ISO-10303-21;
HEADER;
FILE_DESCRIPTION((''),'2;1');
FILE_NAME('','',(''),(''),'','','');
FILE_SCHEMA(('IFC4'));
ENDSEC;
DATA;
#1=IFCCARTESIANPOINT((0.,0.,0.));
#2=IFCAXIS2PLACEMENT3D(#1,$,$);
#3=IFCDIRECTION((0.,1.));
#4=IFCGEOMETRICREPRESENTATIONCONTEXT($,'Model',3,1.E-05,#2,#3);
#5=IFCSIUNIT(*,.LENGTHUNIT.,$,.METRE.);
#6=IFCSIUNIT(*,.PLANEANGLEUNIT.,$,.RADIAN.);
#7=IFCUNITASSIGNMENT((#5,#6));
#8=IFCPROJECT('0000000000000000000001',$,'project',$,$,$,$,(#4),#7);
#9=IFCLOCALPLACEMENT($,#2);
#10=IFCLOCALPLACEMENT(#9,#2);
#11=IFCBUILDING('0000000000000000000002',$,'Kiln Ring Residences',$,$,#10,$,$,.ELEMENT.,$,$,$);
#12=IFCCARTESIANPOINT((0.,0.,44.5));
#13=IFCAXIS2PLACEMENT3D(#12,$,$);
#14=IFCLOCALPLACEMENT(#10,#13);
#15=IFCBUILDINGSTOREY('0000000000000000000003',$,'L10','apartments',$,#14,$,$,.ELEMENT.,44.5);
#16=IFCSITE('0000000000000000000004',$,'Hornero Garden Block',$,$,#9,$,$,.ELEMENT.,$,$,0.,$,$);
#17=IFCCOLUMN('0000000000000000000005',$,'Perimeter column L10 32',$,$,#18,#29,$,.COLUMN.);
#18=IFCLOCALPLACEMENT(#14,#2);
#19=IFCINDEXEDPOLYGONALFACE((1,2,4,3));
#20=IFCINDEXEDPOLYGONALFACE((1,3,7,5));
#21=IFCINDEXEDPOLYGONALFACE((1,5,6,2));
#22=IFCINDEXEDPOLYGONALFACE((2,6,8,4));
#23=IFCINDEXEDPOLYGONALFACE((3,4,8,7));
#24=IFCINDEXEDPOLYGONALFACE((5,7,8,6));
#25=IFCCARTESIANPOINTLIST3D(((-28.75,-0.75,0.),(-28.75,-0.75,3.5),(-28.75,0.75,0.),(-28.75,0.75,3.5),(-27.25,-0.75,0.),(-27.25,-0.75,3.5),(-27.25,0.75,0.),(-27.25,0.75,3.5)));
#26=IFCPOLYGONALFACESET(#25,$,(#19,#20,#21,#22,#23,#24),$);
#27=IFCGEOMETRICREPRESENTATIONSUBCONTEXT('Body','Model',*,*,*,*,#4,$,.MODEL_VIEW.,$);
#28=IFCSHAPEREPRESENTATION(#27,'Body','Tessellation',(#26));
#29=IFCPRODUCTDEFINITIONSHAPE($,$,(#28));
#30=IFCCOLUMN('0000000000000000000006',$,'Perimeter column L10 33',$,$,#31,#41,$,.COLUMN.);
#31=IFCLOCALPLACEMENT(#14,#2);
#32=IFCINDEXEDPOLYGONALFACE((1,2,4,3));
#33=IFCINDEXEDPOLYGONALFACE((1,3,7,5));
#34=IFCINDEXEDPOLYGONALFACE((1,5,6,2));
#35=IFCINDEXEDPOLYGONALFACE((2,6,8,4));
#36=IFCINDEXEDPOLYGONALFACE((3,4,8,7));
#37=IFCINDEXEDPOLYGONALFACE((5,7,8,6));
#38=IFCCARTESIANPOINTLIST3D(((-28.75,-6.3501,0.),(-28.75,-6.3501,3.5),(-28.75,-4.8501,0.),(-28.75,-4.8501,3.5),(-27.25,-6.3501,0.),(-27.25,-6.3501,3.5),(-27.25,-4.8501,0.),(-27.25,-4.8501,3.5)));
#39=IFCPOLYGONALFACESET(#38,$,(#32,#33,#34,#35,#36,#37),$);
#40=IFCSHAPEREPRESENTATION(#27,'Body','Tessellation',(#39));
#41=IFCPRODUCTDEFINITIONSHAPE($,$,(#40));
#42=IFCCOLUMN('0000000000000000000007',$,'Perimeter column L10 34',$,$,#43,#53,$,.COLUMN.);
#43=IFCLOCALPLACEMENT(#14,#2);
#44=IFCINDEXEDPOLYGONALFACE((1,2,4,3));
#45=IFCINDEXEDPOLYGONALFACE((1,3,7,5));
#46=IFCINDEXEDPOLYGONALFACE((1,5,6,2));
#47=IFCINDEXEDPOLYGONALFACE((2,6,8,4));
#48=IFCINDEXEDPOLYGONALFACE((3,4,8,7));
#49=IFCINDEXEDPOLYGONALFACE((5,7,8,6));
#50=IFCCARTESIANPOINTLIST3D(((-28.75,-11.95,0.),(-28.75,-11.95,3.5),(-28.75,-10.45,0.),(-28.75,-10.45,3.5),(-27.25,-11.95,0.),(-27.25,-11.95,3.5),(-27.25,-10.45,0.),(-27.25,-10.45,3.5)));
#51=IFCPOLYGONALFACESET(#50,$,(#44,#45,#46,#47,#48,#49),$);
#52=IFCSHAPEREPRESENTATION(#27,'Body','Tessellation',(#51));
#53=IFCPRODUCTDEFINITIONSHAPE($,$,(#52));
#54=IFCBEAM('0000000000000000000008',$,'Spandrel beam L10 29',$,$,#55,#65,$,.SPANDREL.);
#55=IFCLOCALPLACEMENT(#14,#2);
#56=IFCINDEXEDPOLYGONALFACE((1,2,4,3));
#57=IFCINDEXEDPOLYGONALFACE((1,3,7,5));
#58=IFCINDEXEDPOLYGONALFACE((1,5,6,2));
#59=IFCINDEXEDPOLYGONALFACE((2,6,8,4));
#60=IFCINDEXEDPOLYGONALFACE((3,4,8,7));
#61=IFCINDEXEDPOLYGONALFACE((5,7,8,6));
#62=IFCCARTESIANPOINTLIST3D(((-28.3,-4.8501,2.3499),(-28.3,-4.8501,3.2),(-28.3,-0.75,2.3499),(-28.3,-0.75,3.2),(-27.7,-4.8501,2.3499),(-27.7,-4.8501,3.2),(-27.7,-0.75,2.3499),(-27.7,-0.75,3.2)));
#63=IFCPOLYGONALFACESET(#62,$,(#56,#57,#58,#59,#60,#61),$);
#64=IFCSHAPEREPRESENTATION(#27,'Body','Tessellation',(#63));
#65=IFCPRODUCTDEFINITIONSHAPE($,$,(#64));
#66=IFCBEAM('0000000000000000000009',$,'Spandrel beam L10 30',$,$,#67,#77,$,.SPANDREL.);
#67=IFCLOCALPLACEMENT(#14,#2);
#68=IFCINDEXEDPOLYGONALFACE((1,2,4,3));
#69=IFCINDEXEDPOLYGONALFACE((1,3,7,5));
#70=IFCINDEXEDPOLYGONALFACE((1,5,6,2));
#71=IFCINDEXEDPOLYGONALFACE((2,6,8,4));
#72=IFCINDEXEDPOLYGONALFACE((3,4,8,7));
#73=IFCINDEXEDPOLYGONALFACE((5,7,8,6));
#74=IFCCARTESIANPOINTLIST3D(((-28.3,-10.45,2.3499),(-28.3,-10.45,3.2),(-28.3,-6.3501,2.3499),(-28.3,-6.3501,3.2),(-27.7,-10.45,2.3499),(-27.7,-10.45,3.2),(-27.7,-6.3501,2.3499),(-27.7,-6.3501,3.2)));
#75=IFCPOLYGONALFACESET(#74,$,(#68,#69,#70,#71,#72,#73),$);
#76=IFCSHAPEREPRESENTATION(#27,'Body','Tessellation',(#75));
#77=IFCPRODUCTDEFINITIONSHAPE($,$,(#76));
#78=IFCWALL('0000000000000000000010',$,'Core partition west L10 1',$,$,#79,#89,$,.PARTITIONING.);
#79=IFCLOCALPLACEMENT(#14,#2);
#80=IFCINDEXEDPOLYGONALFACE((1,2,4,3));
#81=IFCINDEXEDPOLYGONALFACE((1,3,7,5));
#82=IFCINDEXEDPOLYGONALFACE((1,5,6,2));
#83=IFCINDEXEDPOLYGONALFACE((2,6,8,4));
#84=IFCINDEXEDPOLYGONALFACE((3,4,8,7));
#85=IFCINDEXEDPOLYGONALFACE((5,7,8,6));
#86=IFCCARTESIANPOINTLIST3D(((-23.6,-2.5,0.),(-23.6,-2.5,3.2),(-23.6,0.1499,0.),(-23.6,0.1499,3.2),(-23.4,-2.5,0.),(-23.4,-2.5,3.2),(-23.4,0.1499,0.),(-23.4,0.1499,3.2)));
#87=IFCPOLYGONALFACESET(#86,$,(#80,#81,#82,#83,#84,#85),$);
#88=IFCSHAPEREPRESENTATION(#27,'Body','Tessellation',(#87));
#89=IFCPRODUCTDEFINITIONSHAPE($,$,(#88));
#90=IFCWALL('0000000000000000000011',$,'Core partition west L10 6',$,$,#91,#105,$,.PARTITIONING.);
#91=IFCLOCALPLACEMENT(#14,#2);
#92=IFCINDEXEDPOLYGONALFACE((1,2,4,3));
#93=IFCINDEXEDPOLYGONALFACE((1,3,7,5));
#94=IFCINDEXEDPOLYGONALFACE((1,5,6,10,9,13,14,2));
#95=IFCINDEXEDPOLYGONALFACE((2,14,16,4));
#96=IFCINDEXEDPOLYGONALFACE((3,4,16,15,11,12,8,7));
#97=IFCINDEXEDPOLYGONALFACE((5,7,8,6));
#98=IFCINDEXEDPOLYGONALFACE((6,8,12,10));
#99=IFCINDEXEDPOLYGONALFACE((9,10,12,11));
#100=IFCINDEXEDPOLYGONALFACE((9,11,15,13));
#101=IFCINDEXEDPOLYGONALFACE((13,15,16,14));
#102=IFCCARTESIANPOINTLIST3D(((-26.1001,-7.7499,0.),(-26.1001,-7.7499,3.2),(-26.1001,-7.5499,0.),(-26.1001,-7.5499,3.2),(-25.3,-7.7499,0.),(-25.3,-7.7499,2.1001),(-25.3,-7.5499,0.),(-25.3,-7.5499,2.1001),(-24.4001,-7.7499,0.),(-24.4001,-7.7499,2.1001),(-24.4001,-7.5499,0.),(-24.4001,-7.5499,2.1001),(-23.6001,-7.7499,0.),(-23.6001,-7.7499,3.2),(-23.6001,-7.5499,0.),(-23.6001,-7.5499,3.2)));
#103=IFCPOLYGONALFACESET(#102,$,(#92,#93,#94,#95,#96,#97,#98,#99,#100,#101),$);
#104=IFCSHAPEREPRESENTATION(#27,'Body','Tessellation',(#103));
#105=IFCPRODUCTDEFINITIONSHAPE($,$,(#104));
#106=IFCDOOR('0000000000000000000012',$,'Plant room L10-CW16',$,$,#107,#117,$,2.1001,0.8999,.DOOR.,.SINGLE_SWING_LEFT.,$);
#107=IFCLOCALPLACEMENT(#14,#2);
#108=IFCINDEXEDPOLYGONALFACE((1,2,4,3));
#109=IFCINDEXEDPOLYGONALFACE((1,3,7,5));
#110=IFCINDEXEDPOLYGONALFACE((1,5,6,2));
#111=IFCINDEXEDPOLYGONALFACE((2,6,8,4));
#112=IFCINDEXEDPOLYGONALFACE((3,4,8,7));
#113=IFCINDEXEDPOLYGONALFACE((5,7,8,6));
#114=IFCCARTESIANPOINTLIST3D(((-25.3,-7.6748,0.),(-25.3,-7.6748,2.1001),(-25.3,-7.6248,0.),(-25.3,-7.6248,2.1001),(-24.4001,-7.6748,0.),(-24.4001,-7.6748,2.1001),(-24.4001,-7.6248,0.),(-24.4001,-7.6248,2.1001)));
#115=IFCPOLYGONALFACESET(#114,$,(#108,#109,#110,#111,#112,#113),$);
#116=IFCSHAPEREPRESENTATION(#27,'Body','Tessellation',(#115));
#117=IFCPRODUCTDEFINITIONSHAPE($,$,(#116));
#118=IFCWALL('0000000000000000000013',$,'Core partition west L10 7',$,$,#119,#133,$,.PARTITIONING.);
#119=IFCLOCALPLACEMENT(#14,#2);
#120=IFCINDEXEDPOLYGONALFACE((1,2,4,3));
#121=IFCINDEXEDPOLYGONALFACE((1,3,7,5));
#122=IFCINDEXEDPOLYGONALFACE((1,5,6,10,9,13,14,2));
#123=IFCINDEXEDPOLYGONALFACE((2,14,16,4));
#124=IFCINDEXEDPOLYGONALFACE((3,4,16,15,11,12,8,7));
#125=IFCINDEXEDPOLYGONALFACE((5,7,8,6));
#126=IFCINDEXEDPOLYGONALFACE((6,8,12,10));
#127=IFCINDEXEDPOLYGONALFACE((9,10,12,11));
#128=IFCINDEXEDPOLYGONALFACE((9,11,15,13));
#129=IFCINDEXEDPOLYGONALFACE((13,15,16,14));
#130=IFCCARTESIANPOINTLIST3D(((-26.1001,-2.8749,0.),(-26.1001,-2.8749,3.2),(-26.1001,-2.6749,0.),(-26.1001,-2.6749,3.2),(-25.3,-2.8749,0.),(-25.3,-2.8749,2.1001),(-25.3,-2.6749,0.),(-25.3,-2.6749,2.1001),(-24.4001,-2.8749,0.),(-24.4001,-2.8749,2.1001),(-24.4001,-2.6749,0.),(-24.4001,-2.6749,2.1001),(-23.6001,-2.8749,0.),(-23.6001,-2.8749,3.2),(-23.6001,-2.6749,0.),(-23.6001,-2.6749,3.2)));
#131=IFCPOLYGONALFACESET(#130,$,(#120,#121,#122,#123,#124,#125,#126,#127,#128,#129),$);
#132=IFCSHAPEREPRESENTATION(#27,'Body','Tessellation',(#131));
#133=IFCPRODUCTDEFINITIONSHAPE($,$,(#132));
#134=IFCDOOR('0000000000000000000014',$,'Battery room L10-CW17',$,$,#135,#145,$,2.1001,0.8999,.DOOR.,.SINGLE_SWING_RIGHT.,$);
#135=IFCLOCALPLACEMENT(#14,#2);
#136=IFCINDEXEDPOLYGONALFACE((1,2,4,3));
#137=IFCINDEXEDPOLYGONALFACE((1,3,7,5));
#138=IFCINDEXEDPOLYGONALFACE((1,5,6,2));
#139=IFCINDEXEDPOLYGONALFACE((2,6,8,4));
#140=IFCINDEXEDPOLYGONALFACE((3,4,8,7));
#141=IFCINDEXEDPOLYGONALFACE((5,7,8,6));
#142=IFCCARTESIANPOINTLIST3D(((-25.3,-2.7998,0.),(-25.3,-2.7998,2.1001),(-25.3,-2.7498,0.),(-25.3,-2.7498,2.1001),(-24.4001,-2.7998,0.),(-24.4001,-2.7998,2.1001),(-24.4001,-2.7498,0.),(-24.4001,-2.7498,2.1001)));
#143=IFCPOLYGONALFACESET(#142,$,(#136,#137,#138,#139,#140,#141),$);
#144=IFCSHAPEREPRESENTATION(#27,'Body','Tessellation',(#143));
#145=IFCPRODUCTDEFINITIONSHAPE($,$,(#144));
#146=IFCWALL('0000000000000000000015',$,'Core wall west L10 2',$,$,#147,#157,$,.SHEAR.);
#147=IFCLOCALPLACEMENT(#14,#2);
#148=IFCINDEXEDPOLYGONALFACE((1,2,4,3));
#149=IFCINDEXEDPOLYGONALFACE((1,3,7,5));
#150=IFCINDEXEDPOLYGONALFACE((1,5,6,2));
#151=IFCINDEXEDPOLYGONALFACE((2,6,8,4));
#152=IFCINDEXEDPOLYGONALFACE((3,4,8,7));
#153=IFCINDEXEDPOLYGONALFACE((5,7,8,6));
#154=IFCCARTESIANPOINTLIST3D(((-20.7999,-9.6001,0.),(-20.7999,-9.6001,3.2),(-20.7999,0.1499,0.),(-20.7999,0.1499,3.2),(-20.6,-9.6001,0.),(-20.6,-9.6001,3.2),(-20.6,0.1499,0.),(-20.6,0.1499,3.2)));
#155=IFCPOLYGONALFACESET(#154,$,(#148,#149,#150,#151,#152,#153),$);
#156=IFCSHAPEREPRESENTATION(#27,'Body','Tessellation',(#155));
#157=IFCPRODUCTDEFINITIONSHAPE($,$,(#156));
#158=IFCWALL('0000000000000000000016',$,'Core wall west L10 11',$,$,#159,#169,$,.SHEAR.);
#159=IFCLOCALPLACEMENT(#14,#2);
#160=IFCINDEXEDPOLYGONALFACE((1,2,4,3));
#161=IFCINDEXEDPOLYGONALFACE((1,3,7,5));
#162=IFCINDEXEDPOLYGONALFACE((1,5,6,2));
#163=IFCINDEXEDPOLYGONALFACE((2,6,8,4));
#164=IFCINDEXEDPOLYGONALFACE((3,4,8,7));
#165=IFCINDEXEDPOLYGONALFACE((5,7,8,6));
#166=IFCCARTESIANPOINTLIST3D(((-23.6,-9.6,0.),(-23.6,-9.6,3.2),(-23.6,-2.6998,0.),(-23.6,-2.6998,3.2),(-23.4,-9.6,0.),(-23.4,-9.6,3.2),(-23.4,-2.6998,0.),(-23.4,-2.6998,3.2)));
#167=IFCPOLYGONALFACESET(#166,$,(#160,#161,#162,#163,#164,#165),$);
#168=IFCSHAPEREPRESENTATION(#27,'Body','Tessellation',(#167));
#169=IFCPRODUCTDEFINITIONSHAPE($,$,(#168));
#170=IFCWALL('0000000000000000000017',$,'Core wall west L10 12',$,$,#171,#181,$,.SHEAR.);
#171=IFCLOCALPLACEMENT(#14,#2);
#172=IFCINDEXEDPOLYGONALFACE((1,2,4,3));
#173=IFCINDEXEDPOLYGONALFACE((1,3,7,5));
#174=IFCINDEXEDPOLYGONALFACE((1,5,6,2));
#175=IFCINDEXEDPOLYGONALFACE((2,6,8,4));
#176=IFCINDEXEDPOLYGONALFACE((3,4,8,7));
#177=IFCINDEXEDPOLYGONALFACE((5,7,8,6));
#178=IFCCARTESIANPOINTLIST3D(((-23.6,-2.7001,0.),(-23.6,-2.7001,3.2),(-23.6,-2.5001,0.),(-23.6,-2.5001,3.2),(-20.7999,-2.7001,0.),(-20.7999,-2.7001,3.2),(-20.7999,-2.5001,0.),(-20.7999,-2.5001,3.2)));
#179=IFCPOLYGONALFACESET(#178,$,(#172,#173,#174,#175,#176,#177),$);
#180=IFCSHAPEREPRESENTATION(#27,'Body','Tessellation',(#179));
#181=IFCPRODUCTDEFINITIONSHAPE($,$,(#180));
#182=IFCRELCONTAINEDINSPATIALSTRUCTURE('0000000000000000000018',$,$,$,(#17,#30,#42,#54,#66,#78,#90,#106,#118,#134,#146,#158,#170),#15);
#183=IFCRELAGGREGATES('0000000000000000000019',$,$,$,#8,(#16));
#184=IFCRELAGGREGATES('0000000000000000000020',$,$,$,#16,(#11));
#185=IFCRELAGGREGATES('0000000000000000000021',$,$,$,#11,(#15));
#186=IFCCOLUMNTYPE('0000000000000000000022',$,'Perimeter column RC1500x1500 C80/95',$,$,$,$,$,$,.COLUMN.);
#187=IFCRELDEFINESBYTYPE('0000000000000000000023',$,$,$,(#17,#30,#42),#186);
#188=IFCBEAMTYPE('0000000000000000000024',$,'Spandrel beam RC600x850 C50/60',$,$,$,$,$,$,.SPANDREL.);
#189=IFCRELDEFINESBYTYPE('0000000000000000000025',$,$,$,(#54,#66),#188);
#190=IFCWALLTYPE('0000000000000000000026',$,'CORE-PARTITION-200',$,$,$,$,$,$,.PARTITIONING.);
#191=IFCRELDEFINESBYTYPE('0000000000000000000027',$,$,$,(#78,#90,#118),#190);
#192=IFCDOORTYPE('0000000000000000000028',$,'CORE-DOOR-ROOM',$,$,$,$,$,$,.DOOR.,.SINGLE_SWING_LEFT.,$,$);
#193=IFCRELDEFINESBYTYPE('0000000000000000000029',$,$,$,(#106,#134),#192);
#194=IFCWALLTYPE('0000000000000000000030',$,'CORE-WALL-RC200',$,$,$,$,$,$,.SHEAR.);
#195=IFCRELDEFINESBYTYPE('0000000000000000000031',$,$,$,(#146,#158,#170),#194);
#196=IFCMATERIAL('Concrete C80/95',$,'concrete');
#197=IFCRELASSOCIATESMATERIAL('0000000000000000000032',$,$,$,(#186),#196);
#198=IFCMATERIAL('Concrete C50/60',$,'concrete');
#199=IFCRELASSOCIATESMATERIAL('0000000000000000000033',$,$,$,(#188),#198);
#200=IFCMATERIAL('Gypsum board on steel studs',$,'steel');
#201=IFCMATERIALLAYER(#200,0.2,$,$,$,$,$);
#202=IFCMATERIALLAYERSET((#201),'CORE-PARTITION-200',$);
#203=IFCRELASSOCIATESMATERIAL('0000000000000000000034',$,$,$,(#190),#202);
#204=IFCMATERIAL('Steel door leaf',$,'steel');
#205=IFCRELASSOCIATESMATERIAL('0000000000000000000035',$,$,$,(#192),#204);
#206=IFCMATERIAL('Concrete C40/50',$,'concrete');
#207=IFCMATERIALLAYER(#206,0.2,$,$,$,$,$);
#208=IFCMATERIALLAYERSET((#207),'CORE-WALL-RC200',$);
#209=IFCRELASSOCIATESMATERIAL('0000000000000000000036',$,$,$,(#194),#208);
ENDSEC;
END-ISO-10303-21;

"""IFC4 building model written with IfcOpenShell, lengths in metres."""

from ifc_helpers import new_model, si_unit, direction, frame, frame_2d, origin, origin_2d, place, context, subcontext, project, spatial, rectangle, extrude, material, layer, layer_set, material_profile, profile_set, type_object, element, fill, save


model = new_model("IFC4")

# Units and contexts
model_context = context("Model", 3, precision=1e-05, world=origin(), true_north=direction((0.0, 1.0)))
body_context = subcontext(model_context, "Body", "Model", "MODEL_VIEW")
ifc_project = project(units=[si_unit("LENGTHUNIT", "METRE"), si_unit("PLANEANGLEUNIT", "RADIAN")], contexts=[model_context])

# Site, building, storey
site_placement = place(None, origin())
site = spatial("IfcSite", under=ifc_project, at=site_placement, Name="Hornero Garden Block", CompositionType="ELEMENT", RefElevation=0.0)
building_placement = place(site_placement, origin())
building = spatial("IfcBuilding", under=site, at=building_placement, Name="Kiln Ring Residences", CompositionType="ELEMENT")
storey_placement = place(building_placement, frame((0.0, 0.0, 44.5)))
storey = spatial("IfcBuildingStorey", under=building, at=storey_placement, Name="L10", Description="apartments", CompositionType="ELEMENT", Elevation=44.5)

# Columns
ifc_material_1 = material(Name="Concrete C80/95", Category="concrete")
ifc_material_profile_1 = material_profile(ifc_material_1, rectangle(XDim=1.5, YDim=1.5, at=origin_2d()), Name="RC1500x1500")
ifc_profile_set_1 = profile_set([ifc_material_profile_1], Name="Concrete C80/95")
column_type = type_object("IfcColumnType", Name="Perimeter column RC1500x1500 C80/95", PredefinedType="COLUMN", material=ifc_profile_set_1)
for number, where, z_axis, x_axis, name in (
    (1, (-28.0, 0.0, 0.0), (0.0, 0.0, 1.0), (1.0, 0.0, 0.0), "Perimeter column L10 32"),
    (2, (-28.0, -5.6001, 0.0), (0.0, 0.0, 1.0), (1.0, 0.0, 0.0), "Perimeter column L10 33"),
    (3, (-28.0, -11.2, 0.0), (0.0, 0.0, 1.0), (1.0, 0.0, 0.0), "Perimeter column L10 34"),
):
    element("IfcColumn", number, at=place(storey_placement, frame(where, z_axis=z_axis, x_axis=x_axis)), inside=storey, type_object=column_type, Name=name, PredefinedType="COLUMN", context=body_context, shape_type="SweptSolid", body=[
        extrude(rectangle(XDim=1.5, YDim=1.5, at=origin_2d()), origin(), (0.0, 0.0, 1.0), 3.5),
    ])

# Beams
ifc_material_2 = material(Name="Concrete C50/60", Category="concrete")
ifc_material_profile_2 = material_profile(ifc_material_2, rectangle(XDim=0.6001, YDim=0.8501, at=origin_2d()), Name="RC600x850")
ifc_profile_set_2 = profile_set([ifc_material_profile_2], Name="Concrete C50/60")
beam_type = type_object("IfcBeamType", Name="Spandrel beam RC600x850 C50/60", PredefinedType="SPANDREL", material=ifc_profile_set_2)
beam_1_placement = place(storey_placement, frame((-28.0, -0.75, 2.7749), z_axis=(0.0, -1.0, 0.0), x_axis=(1.0, 0.0, 0.0)))
element("IfcBeam", 4, at=beam_1_placement, inside=storey, type_object=beam_type, Name="Spandrel beam L10 29", PredefinedType="SPANDREL", context=body_context, shape_type="SweptSolid", body=[
    extrude(rectangle(XDim=0.6001, YDim=0.8501, at=origin_2d()), origin(), (0.0, 0.0, 1.0), 4.1001),
])
beam_2_placement = place(storey_placement, frame((-28.0, -6.3501, 2.7749), z_axis=(0.0, -1.0, 0.0), x_axis=(1.0, 0.0, 0.0)))
element("IfcBeam", 5, at=beam_2_placement, inside=storey, type_object=beam_type, Name="Spandrel beam L10 30", PredefinedType="SPANDREL", context=body_context, shape_type="SweptSolid", body=[
    extrude(rectangle(XDim=0.6001, YDim=0.8501, at=origin_2d()), origin(), (0.0, 0.0, 1.0), 4.0999),
])

# Wall
ifc_material_3 = material(Name="Gypsum board on steel studs", Category="steel")
ifc_layer_1 = layer(ifc_material_3, 0.2)
ifc_layer_set_1 = layer_set([ifc_layer_1], Name="CORE-PARTITION-200")
wall_type_1 = type_object("IfcWallType", Name="CORE-PARTITION-200", PredefinedType="PARTITIONING", material=ifc_layer_set_1)
wall_1_placement = place(storey_placement, frame((-23.5, -2.5, 0.0), z_axis=(0.0, 0.0, 1.0), x_axis=(0.0, 1.0, 0.0)))
element("IfcWall", 6, at=wall_1_placement, inside=storey, type_object=wall_type_1, Name="Core partition west L10 1", PredefinedType="PARTITIONING", context=body_context, shape_type="SweptSolid", body=[
    extrude(rectangle(XDim=2.6499, YDim=0.2, at=frame_2d((1.325, 0.0))), origin(), (0.0, 0.0, 1.0), 3.2),
])

# Walls, openings, doors
wall_2_placement = place(storey_placement, frame((-23.6001, -7.6499, 0.0), z_axis=(0.0, 0.0, 1.0), x_axis=(-1.0, 0.0, 0.0)))
wall_2 = element("IfcWall", 7, at=wall_2_placement, inside=storey, type_object=wall_type_1, Name="Core partition west L10 6", PredefinedType="PARTITIONING", context=body_context, shape_type="SweptSolid", body=[
    extrude(rectangle(XDim=2.5, YDim=0.2, at=frame_2d((1.25, 0.0))), origin(), (0.0, 0.0, 1.0), 3.2),
])
opening_1_placement = place(wall_2_placement, frame((0.8, 0.0, 0.0)))
opening_1 = element("IfcOpeningElement", 8, at=opening_1_placement, cuts=wall_2, PredefinedType="OPENING", context=body_context, shape_type="SweptSolid", body=[
    extrude(rectangle(XDim=0.8999, YDim=2.1001, at=frame_2d((0.45, 1.05))), frame((0.0, 0.1099, 0.0), z_axis=(0.0, -1.0, 0.0), x_axis=(1.0, 0.0, 0.0)), (0.0, 0.0, 1.0), 0.22),
])
ifc_material_4 = material(Name="Steel door leaf", Category="steel")
door_type = type_object("IfcDoorType", Name="CORE-DOOR-ROOM", OperationType="SINGLE_SWING_LEFT", PredefinedType="DOOR", material=ifc_material_4)
door_1_placement = place(opening_1_placement, origin())
door_1 = element("IfcDoor", 9, at=door_1_placement, inside=storey, type_object=door_type, Name="Plant room L10-CW16", OperationType="SINGLE_SWING_LEFT", OverallHeight=2.1001, OverallWidth=0.8999, PredefinedType="DOOR", context=body_context, shape_type="SweptSolid", body=[
    extrude(rectangle(XDim=0.8999, YDim=2.1001, at=frame_2d((0.45, 1.05))), frame((0.0, 0.0249, 0.0), z_axis=(0.0, -1.0, 0.0), x_axis=(1.0, 0.0, 0.0)), (0.0, 0.0, 1.0), 0.05),
])
fill(opening_1, door_1)
wall_3_placement = place(storey_placement, frame((-23.6001, -2.7749, 0.0), z_axis=(0.0, 0.0, 1.0), x_axis=(-1.0, 0.0, 0.0)))
wall_3 = element("IfcWall", 10, at=wall_3_placement, inside=storey, type_object=wall_type_1, Name="Core partition west L10 7", PredefinedType="PARTITIONING", context=body_context, shape_type="SweptSolid", body=[
    extrude(rectangle(XDim=2.5, YDim=0.2, at=frame_2d((1.25, 0.0))), origin(), (0.0, 0.0, 1.0), 3.2),
])
opening_2_placement = place(wall_3_placement, frame((0.8, 0.0, 0.0)))
opening_2 = element("IfcOpeningElement", 11, at=opening_2_placement, cuts=wall_3, PredefinedType="OPENING", context=body_context, shape_type="SweptSolid", body=[
    extrude(rectangle(XDim=0.8999, YDim=2.1001, at=frame_2d((0.45, 1.05))), frame((0.0, 0.1099, 0.0), z_axis=(0.0, -1.0, 0.0), x_axis=(1.0, 0.0, 0.0)), (0.0, 0.0, 1.0), 0.22),
])
door_2_placement = place(opening_2_placement, origin())
door_2 = element("IfcDoor", 12, at=door_2_placement, inside=storey, type_object=door_type, Name="Battery room L10-CW17", OperationType="SINGLE_SWING_RIGHT", OverallHeight=2.1001, OverallWidth=0.8999, PredefinedType="DOOR", context=body_context, shape_type="SweptSolid", body=[
    extrude(rectangle(XDim=0.8999, YDim=2.1001, at=frame_2d((0.45, 1.05))), frame((0.0, 0.0249, 0.0), z_axis=(0.0, -1.0, 0.0), x_axis=(1.0, 0.0, 0.0)), (0.0, 0.0, 1.0), 0.05),
])
fill(opening_2, door_2)

# Walls
ifc_material_5 = material(Name="Concrete C40/50", Category="concrete")
ifc_layer_2 = layer(ifc_material_5, 0.2)
ifc_layer_set_2 = layer_set([ifc_layer_2], Name="CORE-WALL-RC200")
wall_type_2 = type_object("IfcWallType", Name="CORE-WALL-RC200", PredefinedType="SHEAR", material=ifc_layer_set_2)
wall_4_placement = place(storey_placement, frame((-20.7, -9.6001, 0.0), z_axis=(0.0, 0.0, 1.0), x_axis=(0.0, 1.0, 0.0)))
element("IfcWall", 13, at=wall_4_placement, inside=storey, type_object=wall_type_2, Name="Core wall west L10 2", PredefinedType="SHEAR", context=body_context, shape_type="SweptSolid", body=[
    extrude(rectangle(XDim=9.75, YDim=0.2, at=frame_2d((4.875, 0.0))), origin(), (0.0, 0.0, 1.0), 3.2),
])
wall_5_placement = place(storey_placement, frame((-23.5, -9.6001, 0.0), z_axis=(0.0, 0.0, 1.0), x_axis=(0.0, 1.0, 0.0)))
element("IfcWall", 14, at=wall_5_placement, inside=storey, type_object=wall_type_2, Name="Core wall west L10 11", PredefinedType="SHEAR", context=body_context, shape_type="SweptSolid", body=[
    extrude(rectangle(XDim=6.9001, YDim=0.2, at=frame_2d((3.4502, 0.0))), origin(), (0.0, 0.0, 1.0), 3.2),
])
wall_6_placement = place(storey_placement, frame((-20.8, -2.6001, 0.0), z_axis=(0.0, 0.0, 1.0), x_axis=(-1.0, 0.0, 0.0)))
element("IfcWall", 15, at=wall_6_placement, inside=storey, type_object=wall_type_2, Name="Core wall west L10 12", PredefinedType="SHEAR", context=body_context, shape_type="SweptSolid", body=[
    extrude(rectangle(XDim=2.8, YDim=0.2, at=frame_2d((1.3999, 0.0))), origin(), (0.0, 0.0, 1.0), 3.2),
])

save(model, "model.ifc")
